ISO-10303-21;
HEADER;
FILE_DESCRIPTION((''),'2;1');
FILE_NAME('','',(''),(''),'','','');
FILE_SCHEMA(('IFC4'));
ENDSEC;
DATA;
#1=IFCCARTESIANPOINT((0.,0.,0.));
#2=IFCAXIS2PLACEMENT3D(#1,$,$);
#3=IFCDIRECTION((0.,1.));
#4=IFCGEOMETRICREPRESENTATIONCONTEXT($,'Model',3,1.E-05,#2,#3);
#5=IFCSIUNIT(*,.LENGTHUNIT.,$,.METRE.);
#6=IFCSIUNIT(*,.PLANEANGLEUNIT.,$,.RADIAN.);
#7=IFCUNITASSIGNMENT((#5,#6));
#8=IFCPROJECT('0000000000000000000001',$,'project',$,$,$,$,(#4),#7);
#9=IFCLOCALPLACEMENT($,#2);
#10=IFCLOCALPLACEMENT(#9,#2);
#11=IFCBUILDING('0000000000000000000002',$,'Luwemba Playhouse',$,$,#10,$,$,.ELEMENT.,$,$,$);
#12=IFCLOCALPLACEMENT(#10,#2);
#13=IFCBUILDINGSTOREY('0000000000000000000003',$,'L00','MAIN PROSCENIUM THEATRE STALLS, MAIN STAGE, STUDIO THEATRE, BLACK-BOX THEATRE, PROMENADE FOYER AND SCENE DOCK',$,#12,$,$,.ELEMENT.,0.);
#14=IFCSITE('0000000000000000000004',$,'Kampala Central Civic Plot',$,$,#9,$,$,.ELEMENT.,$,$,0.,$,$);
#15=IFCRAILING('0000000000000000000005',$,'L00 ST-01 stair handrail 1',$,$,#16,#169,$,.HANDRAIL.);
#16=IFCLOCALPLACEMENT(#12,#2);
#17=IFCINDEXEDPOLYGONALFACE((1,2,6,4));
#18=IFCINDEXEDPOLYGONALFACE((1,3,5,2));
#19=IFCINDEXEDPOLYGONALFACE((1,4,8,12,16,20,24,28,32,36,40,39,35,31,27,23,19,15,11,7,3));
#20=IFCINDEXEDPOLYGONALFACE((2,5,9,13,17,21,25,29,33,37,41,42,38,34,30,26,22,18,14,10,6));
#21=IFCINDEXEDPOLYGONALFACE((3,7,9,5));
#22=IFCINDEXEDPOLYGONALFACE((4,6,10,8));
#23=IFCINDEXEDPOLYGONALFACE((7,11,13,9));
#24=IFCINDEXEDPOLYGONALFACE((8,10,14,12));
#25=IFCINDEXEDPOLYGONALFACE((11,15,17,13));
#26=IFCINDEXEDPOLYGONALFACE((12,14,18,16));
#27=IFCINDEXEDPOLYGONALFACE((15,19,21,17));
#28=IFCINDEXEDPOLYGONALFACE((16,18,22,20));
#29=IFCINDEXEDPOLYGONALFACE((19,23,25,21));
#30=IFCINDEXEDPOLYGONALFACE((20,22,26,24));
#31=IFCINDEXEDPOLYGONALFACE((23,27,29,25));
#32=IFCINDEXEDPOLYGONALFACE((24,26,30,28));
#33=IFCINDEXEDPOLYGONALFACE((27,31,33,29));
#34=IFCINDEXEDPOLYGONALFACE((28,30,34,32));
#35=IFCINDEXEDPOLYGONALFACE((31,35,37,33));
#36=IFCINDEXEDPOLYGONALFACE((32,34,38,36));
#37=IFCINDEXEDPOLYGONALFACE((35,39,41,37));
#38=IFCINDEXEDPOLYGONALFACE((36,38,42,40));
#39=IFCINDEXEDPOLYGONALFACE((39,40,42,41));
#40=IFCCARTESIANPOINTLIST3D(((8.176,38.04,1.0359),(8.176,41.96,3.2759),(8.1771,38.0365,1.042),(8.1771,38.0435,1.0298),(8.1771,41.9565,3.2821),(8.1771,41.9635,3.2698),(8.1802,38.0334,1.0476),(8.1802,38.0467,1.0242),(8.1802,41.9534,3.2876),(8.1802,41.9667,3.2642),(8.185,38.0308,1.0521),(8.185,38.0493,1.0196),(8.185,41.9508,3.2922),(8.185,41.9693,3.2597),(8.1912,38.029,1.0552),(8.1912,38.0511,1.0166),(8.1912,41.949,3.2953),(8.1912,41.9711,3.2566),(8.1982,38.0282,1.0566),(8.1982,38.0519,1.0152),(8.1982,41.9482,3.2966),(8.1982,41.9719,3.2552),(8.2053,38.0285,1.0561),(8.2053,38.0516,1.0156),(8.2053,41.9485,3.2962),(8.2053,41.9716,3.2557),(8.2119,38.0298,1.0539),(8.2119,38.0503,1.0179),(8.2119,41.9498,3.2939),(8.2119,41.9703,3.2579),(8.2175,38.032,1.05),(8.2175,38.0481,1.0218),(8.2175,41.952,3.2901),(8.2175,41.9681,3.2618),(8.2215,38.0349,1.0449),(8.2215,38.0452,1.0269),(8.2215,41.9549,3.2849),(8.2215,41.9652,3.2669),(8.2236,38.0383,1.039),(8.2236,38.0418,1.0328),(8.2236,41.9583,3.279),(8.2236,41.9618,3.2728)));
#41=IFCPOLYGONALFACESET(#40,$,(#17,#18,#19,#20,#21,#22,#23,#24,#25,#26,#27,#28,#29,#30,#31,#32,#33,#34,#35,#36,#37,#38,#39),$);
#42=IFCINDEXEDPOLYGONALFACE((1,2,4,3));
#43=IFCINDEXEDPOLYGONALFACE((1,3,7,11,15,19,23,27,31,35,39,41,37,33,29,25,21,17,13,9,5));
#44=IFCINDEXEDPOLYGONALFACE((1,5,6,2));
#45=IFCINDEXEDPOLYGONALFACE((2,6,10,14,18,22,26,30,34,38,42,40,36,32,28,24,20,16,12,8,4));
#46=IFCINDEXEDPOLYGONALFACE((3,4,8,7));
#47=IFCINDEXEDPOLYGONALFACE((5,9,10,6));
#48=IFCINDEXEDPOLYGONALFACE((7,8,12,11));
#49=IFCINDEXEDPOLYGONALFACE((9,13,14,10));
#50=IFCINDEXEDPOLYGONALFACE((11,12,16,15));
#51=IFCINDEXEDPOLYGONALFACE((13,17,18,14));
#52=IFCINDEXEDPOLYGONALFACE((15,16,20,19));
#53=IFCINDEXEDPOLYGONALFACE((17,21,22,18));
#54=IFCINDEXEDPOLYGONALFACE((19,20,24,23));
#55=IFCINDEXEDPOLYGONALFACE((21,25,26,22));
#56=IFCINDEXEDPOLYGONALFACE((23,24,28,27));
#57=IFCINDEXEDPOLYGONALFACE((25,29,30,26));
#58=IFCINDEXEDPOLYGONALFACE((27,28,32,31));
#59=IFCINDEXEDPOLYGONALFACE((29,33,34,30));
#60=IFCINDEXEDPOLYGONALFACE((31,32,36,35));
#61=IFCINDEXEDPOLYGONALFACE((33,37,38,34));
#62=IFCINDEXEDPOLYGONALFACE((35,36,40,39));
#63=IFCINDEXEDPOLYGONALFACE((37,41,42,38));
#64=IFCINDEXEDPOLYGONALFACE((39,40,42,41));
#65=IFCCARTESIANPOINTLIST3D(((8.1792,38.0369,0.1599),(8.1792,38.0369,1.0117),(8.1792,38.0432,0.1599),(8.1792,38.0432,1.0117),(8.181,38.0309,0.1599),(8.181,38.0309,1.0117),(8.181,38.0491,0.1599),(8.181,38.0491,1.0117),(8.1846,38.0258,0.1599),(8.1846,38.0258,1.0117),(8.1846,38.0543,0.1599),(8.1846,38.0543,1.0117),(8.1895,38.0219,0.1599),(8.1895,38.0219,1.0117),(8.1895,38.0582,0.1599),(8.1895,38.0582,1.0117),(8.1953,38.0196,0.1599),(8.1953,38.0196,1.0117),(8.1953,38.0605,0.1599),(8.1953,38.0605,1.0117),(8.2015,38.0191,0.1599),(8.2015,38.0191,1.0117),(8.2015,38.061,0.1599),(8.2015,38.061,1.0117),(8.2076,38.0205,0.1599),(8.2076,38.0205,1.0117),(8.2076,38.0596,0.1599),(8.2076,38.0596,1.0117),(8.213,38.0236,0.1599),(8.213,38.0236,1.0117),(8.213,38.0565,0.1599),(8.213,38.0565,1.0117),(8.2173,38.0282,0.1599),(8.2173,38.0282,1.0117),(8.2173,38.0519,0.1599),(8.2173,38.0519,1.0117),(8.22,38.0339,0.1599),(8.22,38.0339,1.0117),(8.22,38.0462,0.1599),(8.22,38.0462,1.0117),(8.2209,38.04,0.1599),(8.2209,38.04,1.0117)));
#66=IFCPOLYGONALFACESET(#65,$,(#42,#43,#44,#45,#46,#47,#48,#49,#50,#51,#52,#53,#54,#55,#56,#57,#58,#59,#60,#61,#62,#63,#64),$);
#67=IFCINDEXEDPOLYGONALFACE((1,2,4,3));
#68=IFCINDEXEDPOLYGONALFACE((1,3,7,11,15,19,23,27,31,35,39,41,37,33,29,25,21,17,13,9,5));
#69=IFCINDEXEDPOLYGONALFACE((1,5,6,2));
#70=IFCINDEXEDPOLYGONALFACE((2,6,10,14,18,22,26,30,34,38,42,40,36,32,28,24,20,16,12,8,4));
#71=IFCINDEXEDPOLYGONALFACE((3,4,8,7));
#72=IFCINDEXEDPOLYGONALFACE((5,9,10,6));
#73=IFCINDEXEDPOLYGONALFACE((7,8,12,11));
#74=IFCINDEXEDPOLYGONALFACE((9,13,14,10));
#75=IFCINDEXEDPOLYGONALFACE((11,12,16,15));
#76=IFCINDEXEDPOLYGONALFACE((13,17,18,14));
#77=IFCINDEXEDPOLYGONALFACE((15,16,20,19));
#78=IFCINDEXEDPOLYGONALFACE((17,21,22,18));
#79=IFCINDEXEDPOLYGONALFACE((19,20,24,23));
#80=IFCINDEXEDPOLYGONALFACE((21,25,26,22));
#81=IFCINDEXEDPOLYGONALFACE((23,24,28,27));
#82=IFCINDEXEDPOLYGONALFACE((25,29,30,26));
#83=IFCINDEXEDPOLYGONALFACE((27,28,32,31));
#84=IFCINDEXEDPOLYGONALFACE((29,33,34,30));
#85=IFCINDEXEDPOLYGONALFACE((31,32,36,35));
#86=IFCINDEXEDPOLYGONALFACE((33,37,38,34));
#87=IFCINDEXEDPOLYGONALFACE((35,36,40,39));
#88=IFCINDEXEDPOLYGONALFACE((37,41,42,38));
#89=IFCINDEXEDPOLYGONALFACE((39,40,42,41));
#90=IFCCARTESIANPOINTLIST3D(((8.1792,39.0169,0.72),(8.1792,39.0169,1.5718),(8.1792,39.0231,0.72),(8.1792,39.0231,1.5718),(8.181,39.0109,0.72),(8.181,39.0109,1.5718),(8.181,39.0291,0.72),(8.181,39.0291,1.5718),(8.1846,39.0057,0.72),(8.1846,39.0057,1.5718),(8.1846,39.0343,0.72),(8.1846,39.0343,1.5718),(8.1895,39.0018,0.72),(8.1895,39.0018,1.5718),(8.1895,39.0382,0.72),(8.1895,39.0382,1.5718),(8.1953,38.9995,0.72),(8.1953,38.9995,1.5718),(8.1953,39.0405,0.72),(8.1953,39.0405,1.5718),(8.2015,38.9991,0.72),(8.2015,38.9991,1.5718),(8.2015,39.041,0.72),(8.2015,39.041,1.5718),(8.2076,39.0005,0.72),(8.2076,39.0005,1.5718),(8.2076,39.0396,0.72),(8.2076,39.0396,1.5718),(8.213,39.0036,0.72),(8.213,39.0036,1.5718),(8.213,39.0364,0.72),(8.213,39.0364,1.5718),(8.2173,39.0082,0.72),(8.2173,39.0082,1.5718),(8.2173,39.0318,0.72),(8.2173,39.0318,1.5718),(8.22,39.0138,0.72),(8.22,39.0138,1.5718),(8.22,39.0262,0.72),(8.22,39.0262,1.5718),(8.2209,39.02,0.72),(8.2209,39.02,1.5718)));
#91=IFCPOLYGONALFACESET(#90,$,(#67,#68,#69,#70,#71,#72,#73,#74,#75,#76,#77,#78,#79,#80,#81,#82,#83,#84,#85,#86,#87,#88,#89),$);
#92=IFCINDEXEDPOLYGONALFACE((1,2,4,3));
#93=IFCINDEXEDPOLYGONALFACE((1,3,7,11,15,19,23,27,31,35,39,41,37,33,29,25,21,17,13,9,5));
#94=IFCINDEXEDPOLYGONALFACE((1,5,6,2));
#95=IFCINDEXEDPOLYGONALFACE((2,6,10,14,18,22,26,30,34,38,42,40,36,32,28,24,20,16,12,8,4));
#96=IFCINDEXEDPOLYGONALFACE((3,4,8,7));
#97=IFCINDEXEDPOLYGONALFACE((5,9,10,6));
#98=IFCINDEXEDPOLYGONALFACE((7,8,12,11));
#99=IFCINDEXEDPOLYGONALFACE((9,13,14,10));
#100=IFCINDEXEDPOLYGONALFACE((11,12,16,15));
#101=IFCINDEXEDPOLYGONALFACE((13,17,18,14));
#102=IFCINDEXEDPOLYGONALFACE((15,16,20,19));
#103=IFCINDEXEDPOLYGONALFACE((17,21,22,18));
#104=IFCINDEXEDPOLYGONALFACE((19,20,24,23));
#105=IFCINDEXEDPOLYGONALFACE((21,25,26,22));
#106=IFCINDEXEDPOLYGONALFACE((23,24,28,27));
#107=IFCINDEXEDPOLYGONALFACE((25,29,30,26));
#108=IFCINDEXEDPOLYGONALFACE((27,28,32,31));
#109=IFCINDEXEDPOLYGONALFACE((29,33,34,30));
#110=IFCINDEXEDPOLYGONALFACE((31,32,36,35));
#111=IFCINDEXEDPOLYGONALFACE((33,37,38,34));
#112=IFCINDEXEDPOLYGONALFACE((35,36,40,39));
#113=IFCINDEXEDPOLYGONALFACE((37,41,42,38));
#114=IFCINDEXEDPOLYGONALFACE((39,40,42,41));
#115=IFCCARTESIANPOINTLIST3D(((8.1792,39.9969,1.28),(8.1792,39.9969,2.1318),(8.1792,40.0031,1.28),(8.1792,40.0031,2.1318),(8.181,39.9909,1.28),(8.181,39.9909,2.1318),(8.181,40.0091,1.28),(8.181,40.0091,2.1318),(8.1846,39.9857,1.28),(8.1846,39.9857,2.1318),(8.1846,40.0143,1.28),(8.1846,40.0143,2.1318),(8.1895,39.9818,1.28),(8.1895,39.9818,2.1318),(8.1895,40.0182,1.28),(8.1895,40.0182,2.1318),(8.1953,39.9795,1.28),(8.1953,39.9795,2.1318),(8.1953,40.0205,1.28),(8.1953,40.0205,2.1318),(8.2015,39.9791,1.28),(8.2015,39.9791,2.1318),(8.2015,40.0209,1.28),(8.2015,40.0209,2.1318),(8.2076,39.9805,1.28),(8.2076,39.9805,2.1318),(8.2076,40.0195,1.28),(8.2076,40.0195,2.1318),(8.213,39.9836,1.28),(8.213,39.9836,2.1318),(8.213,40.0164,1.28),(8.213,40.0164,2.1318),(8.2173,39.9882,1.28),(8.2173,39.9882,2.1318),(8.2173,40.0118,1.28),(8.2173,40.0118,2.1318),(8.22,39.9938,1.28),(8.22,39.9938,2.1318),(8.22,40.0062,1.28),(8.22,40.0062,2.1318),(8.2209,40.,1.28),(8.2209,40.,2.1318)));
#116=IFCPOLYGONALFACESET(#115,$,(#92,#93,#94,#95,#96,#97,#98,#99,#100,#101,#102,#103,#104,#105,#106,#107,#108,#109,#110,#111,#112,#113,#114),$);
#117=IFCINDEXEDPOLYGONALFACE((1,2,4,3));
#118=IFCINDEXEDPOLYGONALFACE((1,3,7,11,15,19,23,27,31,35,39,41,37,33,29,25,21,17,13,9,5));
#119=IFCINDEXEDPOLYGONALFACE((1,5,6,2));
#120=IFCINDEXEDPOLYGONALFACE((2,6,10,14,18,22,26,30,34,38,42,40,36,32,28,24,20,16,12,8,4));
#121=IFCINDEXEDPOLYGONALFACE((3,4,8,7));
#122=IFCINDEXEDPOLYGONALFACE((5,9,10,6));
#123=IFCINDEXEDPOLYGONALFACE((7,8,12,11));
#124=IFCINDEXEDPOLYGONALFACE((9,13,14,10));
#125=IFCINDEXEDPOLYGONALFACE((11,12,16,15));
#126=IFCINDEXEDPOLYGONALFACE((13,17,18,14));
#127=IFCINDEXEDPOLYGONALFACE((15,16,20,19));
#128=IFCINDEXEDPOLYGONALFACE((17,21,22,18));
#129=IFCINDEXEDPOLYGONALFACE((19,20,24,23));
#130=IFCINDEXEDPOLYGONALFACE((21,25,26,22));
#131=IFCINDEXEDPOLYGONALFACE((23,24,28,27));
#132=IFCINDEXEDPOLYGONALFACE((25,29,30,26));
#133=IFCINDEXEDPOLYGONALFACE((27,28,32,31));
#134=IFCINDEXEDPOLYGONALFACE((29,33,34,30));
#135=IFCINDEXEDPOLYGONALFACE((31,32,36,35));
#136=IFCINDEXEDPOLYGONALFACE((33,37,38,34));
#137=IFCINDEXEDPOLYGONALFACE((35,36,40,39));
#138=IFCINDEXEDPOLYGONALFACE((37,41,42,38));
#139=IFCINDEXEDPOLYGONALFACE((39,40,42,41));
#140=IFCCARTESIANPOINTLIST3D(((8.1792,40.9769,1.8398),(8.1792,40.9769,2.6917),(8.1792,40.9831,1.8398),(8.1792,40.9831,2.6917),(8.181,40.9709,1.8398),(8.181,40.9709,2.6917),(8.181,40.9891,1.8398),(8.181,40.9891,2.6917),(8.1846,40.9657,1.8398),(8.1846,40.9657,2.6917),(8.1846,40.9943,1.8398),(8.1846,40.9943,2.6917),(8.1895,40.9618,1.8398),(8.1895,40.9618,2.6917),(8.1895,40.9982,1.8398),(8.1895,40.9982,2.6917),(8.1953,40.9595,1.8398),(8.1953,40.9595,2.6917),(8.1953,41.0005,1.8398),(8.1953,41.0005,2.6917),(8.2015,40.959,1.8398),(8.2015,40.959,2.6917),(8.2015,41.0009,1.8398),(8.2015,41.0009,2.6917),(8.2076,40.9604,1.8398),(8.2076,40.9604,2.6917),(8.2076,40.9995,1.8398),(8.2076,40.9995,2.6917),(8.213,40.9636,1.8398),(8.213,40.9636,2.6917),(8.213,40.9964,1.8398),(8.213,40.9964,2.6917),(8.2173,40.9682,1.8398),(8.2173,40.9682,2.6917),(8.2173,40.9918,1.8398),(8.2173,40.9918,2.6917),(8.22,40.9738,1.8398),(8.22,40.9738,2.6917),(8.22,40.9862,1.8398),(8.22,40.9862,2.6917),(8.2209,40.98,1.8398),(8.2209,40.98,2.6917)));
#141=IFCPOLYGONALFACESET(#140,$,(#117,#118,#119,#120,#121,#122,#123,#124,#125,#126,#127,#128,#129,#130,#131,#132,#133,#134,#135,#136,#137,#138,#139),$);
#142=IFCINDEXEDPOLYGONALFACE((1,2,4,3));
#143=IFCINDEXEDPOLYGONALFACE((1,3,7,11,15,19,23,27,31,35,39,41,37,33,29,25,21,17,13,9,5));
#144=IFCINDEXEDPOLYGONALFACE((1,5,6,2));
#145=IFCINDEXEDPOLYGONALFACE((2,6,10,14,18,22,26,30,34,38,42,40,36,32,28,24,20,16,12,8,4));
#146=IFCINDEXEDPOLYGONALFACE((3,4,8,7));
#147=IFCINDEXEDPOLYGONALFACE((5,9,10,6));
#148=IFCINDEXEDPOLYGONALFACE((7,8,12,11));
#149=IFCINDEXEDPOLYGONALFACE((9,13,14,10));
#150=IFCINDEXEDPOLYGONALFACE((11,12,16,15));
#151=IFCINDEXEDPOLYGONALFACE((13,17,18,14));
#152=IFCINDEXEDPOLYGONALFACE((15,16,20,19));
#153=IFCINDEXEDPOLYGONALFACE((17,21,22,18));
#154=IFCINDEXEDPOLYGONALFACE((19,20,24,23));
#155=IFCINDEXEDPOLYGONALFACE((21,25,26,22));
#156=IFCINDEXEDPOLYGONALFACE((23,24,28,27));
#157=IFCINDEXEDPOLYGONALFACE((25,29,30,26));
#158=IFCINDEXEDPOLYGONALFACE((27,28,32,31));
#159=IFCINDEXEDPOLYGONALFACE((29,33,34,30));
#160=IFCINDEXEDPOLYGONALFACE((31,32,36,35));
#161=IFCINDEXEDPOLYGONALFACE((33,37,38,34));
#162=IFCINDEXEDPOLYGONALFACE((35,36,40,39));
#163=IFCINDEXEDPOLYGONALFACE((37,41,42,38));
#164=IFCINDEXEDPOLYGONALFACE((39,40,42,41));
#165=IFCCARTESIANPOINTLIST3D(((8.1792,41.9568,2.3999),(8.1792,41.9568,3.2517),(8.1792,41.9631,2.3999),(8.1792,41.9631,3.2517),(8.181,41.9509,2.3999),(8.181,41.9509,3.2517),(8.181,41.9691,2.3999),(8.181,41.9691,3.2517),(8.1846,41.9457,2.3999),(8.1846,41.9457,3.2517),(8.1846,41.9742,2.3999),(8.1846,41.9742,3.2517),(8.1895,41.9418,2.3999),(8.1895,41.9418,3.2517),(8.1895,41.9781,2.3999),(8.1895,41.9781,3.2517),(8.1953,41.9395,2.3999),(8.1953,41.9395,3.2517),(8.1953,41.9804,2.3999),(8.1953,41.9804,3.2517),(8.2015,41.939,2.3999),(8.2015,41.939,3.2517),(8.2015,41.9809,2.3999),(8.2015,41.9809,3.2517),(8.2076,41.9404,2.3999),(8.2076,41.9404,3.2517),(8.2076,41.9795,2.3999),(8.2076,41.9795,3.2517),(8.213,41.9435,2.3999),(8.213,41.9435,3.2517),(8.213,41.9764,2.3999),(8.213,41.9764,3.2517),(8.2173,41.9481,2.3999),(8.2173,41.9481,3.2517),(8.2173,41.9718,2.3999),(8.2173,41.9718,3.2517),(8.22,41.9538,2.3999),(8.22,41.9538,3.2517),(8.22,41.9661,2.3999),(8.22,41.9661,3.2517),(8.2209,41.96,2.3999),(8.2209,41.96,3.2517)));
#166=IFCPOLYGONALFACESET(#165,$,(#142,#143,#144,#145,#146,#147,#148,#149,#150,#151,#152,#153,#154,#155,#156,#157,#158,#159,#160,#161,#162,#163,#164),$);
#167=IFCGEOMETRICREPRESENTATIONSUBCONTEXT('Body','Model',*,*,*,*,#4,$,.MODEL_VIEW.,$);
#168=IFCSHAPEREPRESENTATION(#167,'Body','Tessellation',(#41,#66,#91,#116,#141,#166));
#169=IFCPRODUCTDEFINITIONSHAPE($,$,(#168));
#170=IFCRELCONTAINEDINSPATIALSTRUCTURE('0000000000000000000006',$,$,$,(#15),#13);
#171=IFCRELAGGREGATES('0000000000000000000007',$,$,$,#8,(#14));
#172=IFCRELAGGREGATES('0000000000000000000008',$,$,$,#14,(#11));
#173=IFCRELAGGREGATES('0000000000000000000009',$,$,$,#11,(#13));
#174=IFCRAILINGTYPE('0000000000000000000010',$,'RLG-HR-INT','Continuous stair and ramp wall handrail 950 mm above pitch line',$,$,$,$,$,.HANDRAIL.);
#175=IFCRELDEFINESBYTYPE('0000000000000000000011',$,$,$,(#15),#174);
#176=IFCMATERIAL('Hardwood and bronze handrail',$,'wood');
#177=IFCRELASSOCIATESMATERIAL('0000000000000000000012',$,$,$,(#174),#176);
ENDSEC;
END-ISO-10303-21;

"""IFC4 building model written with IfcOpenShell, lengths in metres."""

from ifc_helpers import new_model, si_unit, direction, frame, origin, origin_2d, place, context, subcontext, project, spatial, circle, extrude, material, type_object, element, save


model = new_model("IFC4")

# Units and contexts
model_context = context("Model", 3, precision=1e-05, world=origin(), true_north=direction((0.0, 1.0)))
body_context = subcontext(model_context, "Body", "Model", "MODEL_VIEW")
ifc_project = project(units=[si_unit("LENGTHUNIT", "METRE"), si_unit("PLANEANGLEUNIT", "RADIAN")], contexts=[model_context])

# Site, building, storey
site_placement = place(None, origin())
site = spatial("IfcSite", under=ifc_project, at=site_placement, Name="Kampala Central Civic Plot", CompositionType="ELEMENT", RefElevation=0.0)
building_placement = place(site_placement, origin())
building = spatial("IfcBuilding", under=site, at=building_placement, Name="Luwemba Playhouse", CompositionType="ELEMENT")
storey_placement = place(building_placement, origin())
storey = spatial("IfcBuildingStorey", under=building, at=storey_placement, Name="L00", Description="MAIN PROSCENIUM THEATRE STALLS, MAIN STAGE, STUDIO THEATRE, BLACK-BOX THEATRE, PROMENADE FOYER AND SCENE DOCK", CompositionType="ELEMENT", Elevation=0.0)

# Railing
ifc_material_1 = material(Name="Hardwood and bronze handrail", Category="wood")
railing_type_1 = type_object("IfcRailingType", Name="RLG-HR-INT", Description="Continuous stair and ramp wall handrail 950 mm above pitch line", PredefinedType="HANDRAIL", material=ifc_material_1)
railing_1_placement = place(storey_placement, frame((8.2, 38.04, 0.1599)))
element("IfcRailing", 1, at=railing_1_placement, inside=storey, type_object=railing_type_1, Name="L00 ST-01 stair handrail 1", PredefinedType="HANDRAIL", context=body_context, shape_type="SweptSolid", body=[
    extrude(circle(Radius=0.0239, at=origin_2d()), frame((0.0, 0.0, 0.876), z_axis=(0.0, 0.86824, 0.496145), x_axis=(-1.0, 0.0, 0.0)), (0.0, 0.0, 1.0), 4.5149),
    extrude(circle(Radius=0.021, at=origin_2d()), origin(), (0.0, 0.0, 1.0), 0.8518),
    extrude(circle(Radius=0.021, at=origin_2d()), frame((0.0, 0.98, 0.5601)), (0.0, 0.0, 1.0), 0.8518),
    extrude(circle(Radius=0.021, at=origin_2d()), frame((0.0, 1.96, 1.1201)), (0.0, 0.0, 1.0), 0.8518),
    extrude(circle(Radius=0.021, at=origin_2d()), frame((0.0, 2.9399, 1.6799)), (0.0, 0.0, 1.0), 0.8518),
    extrude(circle(Radius=0.021, at=origin_2d()), frame((0.0, 3.9199, 2.24)), (0.0, 0.0, 1.0), 0.8518),
])

save(model, "model.ifc")
